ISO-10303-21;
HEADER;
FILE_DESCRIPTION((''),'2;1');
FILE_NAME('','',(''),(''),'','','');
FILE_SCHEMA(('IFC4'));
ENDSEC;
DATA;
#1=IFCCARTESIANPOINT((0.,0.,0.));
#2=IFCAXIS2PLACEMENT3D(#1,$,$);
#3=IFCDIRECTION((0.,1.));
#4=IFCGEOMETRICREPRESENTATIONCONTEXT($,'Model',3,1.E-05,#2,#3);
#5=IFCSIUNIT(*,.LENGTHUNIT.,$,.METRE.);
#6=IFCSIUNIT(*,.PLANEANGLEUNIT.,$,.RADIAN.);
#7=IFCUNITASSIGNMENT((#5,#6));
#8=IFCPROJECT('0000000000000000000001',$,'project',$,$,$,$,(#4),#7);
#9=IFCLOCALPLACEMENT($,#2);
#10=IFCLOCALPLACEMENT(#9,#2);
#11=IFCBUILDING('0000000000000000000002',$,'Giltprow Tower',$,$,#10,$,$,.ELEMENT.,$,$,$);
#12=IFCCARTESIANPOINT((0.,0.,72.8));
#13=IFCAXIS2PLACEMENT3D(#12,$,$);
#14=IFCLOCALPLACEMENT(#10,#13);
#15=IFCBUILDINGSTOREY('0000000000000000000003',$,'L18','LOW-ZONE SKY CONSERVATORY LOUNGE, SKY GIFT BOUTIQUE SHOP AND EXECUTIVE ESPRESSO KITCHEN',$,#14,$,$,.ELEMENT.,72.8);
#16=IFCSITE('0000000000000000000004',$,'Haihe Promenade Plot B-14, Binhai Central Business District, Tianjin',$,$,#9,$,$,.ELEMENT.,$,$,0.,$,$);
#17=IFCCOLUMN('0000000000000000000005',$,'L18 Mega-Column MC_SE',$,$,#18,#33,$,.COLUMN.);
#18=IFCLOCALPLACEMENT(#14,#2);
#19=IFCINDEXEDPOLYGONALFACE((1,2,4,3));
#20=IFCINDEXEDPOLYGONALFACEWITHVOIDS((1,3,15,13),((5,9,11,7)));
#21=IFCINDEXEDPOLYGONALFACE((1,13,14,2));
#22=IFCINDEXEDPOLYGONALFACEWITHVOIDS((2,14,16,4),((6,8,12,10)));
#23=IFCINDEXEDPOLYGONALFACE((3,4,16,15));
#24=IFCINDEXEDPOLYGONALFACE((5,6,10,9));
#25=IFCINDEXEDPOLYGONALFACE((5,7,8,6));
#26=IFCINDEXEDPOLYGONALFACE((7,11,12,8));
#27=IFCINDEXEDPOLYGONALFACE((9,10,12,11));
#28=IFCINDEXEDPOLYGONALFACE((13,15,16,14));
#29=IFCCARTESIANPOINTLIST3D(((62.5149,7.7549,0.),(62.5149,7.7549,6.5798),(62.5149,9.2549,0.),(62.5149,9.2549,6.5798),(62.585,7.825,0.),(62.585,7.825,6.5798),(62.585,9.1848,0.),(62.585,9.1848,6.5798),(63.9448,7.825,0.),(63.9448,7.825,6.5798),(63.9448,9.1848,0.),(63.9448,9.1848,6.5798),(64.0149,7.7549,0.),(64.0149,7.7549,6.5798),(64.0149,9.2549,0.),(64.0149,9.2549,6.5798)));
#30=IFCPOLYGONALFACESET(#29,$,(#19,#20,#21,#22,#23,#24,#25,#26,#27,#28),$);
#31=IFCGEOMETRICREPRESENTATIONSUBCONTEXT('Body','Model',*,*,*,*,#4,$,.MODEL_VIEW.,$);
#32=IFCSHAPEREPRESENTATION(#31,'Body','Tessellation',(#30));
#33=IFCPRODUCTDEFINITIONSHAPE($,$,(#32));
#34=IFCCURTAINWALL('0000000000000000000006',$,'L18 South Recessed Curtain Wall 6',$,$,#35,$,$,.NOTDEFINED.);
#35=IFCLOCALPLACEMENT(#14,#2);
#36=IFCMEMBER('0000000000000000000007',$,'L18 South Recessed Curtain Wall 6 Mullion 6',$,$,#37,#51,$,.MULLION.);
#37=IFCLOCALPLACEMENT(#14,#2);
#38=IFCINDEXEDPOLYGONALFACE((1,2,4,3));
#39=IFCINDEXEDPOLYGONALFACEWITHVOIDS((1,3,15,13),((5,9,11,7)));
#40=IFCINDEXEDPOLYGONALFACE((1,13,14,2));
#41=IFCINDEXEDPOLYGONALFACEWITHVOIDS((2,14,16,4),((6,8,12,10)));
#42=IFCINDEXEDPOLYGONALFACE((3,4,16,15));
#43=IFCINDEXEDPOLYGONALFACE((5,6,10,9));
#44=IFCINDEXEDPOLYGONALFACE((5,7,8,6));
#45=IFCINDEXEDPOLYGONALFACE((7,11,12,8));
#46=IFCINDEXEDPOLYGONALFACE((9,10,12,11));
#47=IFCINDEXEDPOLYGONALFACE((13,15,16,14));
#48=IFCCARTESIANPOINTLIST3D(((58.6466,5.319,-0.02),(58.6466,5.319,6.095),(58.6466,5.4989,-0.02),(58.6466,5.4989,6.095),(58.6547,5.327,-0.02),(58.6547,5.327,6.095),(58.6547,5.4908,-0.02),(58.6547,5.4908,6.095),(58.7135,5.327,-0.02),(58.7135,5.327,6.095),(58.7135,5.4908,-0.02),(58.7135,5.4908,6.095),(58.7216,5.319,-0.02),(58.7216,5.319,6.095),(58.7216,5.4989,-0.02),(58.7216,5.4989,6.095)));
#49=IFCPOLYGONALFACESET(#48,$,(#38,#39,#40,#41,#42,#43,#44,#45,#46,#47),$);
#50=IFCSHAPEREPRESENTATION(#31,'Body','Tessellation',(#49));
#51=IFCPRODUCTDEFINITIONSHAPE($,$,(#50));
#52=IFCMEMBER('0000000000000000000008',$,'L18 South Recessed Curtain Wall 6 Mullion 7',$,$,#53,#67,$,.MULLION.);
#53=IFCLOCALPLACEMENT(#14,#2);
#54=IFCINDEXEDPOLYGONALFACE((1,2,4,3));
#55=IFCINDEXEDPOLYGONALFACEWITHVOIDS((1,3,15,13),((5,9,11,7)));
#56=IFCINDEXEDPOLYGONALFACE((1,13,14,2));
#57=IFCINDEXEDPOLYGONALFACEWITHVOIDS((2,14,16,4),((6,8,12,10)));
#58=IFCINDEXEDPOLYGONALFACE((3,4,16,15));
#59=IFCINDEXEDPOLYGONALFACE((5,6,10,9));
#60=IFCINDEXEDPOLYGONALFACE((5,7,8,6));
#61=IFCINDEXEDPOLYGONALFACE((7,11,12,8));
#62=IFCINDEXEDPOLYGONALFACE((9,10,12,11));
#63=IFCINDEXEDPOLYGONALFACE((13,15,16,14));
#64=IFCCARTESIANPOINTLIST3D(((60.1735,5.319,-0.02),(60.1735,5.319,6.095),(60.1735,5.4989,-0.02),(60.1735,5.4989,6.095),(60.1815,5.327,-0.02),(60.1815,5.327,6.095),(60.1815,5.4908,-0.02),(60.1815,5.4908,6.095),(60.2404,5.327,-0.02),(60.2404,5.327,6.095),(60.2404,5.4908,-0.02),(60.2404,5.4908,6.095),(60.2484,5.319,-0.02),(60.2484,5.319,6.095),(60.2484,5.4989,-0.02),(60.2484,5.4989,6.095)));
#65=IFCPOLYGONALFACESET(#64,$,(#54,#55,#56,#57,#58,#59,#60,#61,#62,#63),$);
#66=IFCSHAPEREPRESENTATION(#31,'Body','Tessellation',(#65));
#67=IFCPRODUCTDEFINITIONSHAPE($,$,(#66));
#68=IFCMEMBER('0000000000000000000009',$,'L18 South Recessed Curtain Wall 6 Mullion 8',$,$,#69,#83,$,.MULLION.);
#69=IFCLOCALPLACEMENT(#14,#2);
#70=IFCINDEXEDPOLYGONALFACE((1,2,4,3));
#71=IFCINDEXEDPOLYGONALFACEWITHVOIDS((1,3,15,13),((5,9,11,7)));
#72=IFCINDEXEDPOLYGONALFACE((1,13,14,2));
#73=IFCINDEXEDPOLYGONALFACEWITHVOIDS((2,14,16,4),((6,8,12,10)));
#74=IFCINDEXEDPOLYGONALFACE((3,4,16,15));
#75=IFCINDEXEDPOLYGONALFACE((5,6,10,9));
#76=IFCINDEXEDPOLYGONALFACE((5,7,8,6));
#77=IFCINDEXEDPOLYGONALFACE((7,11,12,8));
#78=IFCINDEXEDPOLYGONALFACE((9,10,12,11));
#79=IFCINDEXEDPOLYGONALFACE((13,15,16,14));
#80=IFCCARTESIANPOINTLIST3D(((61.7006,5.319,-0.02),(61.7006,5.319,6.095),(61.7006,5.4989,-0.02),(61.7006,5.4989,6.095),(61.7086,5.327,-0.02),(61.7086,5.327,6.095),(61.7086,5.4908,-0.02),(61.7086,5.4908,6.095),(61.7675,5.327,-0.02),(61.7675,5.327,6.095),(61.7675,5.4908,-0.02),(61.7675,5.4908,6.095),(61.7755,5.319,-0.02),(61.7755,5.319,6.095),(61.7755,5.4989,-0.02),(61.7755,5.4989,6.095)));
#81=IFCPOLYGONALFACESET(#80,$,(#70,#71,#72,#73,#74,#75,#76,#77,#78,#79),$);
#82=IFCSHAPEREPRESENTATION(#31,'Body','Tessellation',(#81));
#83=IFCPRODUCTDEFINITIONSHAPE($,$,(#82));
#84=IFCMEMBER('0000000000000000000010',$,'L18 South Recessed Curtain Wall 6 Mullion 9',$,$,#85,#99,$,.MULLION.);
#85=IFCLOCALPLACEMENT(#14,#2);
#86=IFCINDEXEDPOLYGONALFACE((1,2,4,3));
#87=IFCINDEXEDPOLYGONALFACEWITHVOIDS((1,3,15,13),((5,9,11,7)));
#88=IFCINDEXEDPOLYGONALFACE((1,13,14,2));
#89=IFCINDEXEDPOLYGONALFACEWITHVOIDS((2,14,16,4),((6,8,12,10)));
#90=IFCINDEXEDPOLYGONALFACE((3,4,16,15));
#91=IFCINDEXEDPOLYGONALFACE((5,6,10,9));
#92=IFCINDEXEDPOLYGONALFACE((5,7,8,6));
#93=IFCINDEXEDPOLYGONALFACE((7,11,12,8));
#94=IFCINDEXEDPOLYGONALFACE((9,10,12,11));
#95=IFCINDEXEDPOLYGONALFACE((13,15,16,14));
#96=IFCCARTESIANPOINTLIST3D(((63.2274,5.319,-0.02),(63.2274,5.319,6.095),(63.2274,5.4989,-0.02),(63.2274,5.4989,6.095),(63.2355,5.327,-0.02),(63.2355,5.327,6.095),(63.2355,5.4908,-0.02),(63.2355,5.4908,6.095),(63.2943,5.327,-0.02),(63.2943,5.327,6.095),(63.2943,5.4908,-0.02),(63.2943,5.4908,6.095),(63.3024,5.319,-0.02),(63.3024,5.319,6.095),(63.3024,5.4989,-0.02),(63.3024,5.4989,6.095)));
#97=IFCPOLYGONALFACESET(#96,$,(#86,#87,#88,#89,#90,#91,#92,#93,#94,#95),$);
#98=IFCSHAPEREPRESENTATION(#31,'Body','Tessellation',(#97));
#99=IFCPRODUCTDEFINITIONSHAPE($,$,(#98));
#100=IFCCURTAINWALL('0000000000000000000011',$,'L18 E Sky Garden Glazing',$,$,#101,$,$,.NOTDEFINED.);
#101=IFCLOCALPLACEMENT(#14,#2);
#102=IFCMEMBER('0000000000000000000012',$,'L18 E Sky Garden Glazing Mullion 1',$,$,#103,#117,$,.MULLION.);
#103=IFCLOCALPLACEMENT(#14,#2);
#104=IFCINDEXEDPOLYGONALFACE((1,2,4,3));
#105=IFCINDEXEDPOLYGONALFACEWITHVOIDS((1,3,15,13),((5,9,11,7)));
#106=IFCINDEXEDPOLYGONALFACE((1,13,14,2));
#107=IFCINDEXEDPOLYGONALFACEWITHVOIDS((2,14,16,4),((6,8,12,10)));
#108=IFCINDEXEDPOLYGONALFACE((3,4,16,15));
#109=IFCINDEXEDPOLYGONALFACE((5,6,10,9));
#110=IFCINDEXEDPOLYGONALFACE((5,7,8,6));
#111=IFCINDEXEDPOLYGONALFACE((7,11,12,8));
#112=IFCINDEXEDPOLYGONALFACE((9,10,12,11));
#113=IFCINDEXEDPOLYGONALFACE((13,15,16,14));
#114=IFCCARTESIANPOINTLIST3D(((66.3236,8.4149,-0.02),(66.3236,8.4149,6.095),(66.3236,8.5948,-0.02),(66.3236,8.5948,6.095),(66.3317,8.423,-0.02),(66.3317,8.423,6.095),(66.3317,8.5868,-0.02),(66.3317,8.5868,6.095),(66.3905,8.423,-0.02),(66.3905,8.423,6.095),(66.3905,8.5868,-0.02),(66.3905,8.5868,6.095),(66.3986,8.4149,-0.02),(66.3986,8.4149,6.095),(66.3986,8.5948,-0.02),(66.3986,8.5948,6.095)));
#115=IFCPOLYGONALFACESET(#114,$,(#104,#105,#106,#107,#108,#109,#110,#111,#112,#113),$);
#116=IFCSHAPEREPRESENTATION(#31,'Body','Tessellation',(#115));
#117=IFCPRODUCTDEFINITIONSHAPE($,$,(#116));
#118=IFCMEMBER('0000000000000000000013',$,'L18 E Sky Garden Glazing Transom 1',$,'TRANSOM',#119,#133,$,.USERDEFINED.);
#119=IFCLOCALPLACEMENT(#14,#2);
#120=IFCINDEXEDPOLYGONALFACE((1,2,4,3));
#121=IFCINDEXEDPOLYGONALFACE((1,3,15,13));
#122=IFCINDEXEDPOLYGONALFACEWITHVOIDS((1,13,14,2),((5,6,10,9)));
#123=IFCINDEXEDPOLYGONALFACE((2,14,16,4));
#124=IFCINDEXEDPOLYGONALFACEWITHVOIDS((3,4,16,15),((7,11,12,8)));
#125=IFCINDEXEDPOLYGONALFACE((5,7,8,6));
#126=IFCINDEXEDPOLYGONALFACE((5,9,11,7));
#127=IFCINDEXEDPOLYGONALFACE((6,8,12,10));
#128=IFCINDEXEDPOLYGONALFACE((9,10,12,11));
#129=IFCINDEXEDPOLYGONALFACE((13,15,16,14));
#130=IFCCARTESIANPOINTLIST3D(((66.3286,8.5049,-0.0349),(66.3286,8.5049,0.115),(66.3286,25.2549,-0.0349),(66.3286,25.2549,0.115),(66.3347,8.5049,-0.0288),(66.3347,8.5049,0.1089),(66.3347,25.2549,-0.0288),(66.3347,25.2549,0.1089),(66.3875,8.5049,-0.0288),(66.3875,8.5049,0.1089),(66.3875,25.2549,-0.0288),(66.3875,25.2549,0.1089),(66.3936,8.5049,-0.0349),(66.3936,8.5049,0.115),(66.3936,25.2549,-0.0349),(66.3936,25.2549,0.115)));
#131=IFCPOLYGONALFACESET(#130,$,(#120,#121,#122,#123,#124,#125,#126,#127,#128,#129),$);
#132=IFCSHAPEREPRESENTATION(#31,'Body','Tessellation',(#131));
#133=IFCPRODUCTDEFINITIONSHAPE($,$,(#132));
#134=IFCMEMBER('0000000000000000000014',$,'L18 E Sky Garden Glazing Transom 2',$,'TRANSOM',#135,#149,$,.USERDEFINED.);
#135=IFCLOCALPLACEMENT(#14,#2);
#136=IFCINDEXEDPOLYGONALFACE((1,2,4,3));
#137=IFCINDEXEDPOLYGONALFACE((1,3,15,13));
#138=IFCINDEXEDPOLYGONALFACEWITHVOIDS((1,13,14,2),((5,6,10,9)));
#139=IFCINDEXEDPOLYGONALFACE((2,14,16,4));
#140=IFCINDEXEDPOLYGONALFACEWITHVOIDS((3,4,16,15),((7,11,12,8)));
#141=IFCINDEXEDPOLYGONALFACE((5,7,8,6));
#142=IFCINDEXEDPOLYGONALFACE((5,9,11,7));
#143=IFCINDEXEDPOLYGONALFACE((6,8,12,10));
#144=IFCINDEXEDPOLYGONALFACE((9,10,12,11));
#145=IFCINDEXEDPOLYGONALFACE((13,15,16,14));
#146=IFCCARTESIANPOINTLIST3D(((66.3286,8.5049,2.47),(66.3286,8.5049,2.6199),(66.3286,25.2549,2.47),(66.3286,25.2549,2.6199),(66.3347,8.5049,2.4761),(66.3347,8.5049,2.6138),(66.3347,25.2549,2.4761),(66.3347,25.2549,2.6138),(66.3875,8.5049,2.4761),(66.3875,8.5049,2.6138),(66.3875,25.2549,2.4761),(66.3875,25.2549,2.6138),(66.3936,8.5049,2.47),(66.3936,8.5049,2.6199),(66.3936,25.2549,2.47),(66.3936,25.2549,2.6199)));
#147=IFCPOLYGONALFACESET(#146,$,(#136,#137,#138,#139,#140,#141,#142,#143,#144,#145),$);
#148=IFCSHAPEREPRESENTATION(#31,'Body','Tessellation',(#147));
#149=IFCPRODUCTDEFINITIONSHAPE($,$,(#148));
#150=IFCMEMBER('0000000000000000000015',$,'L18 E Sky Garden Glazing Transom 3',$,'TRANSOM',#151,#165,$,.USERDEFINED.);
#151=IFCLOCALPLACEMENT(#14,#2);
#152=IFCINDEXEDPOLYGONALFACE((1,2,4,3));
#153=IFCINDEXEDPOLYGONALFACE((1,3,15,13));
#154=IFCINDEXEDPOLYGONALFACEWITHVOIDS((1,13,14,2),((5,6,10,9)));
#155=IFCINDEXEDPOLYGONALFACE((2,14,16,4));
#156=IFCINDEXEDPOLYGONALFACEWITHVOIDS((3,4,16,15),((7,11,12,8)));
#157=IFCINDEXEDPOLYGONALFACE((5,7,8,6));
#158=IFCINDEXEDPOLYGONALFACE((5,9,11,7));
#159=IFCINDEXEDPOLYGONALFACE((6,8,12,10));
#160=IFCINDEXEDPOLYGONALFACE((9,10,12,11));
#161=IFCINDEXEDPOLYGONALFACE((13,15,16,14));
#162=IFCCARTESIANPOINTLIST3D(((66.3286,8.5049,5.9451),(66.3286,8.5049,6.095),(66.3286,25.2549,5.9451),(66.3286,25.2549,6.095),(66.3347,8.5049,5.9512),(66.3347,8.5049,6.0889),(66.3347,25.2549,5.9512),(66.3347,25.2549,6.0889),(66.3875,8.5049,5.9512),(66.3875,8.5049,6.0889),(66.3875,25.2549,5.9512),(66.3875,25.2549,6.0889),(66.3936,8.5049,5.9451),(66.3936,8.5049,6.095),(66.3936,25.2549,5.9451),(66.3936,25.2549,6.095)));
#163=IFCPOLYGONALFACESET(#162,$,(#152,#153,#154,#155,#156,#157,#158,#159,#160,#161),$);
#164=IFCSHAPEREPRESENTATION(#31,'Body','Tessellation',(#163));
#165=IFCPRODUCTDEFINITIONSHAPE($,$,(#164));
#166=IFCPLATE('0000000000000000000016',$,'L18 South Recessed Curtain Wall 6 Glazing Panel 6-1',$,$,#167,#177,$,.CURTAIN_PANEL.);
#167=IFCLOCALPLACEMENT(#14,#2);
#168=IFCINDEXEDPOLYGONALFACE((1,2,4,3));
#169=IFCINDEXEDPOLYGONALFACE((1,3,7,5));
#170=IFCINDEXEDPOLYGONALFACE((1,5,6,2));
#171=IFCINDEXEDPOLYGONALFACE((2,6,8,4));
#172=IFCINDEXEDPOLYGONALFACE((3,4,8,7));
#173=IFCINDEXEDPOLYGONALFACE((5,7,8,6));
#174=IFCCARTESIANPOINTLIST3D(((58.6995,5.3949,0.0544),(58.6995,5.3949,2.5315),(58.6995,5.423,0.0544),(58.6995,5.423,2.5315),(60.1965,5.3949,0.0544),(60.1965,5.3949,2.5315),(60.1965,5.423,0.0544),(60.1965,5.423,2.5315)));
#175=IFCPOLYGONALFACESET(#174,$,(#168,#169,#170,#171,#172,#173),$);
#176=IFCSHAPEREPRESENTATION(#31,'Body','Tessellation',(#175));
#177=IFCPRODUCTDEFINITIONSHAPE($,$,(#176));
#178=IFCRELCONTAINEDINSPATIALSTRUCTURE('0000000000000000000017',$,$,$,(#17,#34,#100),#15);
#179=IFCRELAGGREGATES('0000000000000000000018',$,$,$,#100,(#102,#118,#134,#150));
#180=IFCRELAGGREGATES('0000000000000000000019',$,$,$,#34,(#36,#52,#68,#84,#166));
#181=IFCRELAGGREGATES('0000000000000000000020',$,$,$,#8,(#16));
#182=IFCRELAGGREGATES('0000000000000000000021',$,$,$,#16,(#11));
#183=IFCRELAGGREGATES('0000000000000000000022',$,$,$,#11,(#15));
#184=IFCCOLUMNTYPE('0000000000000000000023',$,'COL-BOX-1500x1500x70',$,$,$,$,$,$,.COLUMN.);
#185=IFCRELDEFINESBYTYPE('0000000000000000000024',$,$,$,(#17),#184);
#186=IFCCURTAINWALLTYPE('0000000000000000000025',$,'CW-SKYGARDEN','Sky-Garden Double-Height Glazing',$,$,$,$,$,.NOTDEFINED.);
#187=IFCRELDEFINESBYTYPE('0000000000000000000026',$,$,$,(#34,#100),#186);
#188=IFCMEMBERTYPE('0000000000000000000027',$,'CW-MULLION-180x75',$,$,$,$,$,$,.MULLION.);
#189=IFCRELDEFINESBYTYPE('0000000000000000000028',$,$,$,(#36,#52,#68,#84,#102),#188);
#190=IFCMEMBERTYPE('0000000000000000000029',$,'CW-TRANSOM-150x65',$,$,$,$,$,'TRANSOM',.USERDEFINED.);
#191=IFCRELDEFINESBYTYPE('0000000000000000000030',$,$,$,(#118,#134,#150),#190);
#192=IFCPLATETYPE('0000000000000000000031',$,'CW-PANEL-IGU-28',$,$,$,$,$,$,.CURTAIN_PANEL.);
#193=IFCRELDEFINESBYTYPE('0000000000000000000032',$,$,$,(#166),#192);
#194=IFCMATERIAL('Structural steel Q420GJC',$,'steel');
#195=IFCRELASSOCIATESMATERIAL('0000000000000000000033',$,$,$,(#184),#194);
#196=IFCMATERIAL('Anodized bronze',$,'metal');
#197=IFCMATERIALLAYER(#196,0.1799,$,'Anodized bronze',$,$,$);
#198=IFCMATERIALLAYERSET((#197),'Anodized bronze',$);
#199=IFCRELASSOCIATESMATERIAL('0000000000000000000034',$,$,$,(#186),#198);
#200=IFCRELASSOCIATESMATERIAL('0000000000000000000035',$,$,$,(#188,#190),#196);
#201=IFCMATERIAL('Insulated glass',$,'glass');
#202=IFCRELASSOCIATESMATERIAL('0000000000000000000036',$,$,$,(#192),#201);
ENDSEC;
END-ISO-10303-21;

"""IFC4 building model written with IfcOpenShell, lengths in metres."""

from ifc_helpers import new_model, si_unit, direction, frame, origin, origin_2d, place, context, subcontext, project, spatial, rectangle, hollow_rectangle, extrude, source, transform, mapped, material, layer, layer_set, material_profile, profile_set, type_object, element, aggregate, save


model = new_model("IFC4")

# Units and contexts
model_context = context("Model", 3, precision=1e-05, world=origin(), true_north=direction((0.0, 1.0)))
body_context = subcontext(model_context, "Body", "Model", "MODEL_VIEW")
ifc_project = project(units=[si_unit("LENGTHUNIT", "METRE"), si_unit("PLANEANGLEUNIT", "RADIAN")], contexts=[model_context])

# Site, building, storey
site_placement = place(None, origin())
site = spatial("IfcSite", under=ifc_project, at=site_placement, Name="Haihe Promenade Plot B-14, Binhai Central Business District, Tianjin", CompositionType="ELEMENT", RefElevation=0.0)
building_placement = place(site_placement, origin())
building = spatial("IfcBuilding", under=site, at=building_placement, Name="Giltprow Tower", CompositionType="ELEMENT")
storey_placement = place(building_placement, frame((0.0, 0.0, 72.8)))
storey = spatial("IfcBuildingStorey", under=building, at=storey_placement, Name="L18", Description="LOW-ZONE SKY CONSERVATORY LOUNGE, SKY GIFT BOUTIQUE SHOP AND EXECUTIVE ESPRESSO KITCHEN", CompositionType="ELEMENT", Elevation=72.8)

# Column
ifc_material_1 = material(Name="Structural steel Q420GJC", Category="steel")
ifc_material_profile_1 = material_profile(ifc_material_1, hollow_rectangle(XDim=1.5, YDim=1.5, WallThickness=0.0701, at=origin_2d()), Name="BOX 1500x1500x70")
ifc_profile_set_1 = profile_set([ifc_material_profile_1], Name="Structural steel Q420GJC")
column_type = type_object("IfcColumnType", Name="COL-BOX-1500x1500x70", PredefinedType="COLUMN", material=ifc_profile_set_1)
shared_shape_1 = source(origin(), body_context, "Body", "SweptSolid", [
    extrude(hollow_rectangle(XDim=1.5, YDim=1.5, WallThickness=0.0701, at=origin_2d()), origin(), (0.0, 0.0, 1.0), 6.5798),
])
column_placement = place(storey_placement, frame((63.2649, 8.5049, 0.0), z_axis=(0.0, 0.0, 1.0), x_axis=(1.0, 0.0, 0.0)))
element("IfcColumn", 1, at=column_placement, inside=storey, type_object=column_type, Name="L18 Mega-Column MC_SE", PredefinedType="COLUMN", context=body_context, shape_type="MappedRepresentation", body=[
    mapped(shared_shape_1, transform((0.0, 0.0, 0.0), x_axis=(1.0, 0.0, 0.0), y_axis=(0.0, 1.0, 0.0), z_axis=(0.0, 0.0, 1.0), scale=1.0)),
])

# Curtain walls, members
ifc_material_2 = material(Name="Anodized bronze", Category="metal")
ifc_layer_1 = layer(ifc_material_2, 0.1799, Name="Anodized bronze")
ifc_layer_set_1 = layer_set([ifc_layer_1], Name="Anodized bronze")
curtain_wall_type = type_object("IfcCurtainWallType", Name="CW-SKYGARDEN", Description="Sky-Garden Double-Height Glazing", PredefinedType="NOTDEFINED", material=ifc_layer_set_1)
curtain_wall_1_placement = place(storey_placement, origin())
curtain_wall_1 = element("IfcCurtainWall", 2, at=curtain_wall_1_placement, inside=storey, type_object=curtain_wall_type, Name="L18 South Recessed Curtain Wall 6", PredefinedType="NOTDEFINED")
ifc_material_profile_2 = material_profile(ifc_material_2, hollow_rectangle(XDim=0.075, YDim=0.1799, WallThickness=0.0081, at=origin_2d()), Name="RHS 180x75x8")
ifc_profile_set_2 = profile_set([ifc_material_profile_2], Name="Anodized bronze")
member_type_1 = type_object("IfcMemberType", Name="CW-MULLION-180x75", PredefinedType="MULLION", material=ifc_profile_set_2)
shared_shape_2 = source(origin(), body_context, "Body", "SweptSolid", [
    extrude(hollow_rectangle(XDim=0.075, YDim=0.1799, WallThickness=0.0081, at=origin_2d()), origin(), (0.0, 0.0, 1.0), 6.115),
])
member_1_placement = place(storey_placement, frame((58.6841, 5.4089, -0.02), z_axis=(0.0, 0.0, 1.0), x_axis=(1.0, 0.0, 0.0)))
member_1 = element("IfcMember", 3, at=member_1_placement, type_object=member_type_1, Name="L18 South Recessed Curtain Wall 6 Mullion 6", PredefinedType="MULLION", context=body_context, shape_type="MappedRepresentation", body=[
    mapped(shared_shape_2, transform((0.0, 0.0, 0.0), x_axis=(1.0, 0.0, 0.0), y_axis=(0.0, 1.0, 0.0), z_axis=(0.0, 0.0, 1.0), scale=1.0)),
])
member_2_placement = place(storey_placement, frame((60.2109, 5.4089, -0.02), z_axis=(0.0, 0.0, 1.0), x_axis=(1.0, 0.0, 0.0)))
member_2 = element("IfcMember", 4, at=member_2_placement, type_object=member_type_1, Name="L18 South Recessed Curtain Wall 6 Mullion 7", PredefinedType="MULLION", context=body_context, shape_type="MappedRepresentation", body=[
    mapped(shared_shape_2, transform((0.0, 0.0, 0.0), x_axis=(1.0, 0.0, 0.0), y_axis=(0.0, 1.0, 0.0), z_axis=(0.0, 0.0, 1.0), scale=1.0)),
])
member_3_placement = place(storey_placement, frame((61.738, 5.4089, -0.02), z_axis=(0.0, 0.0, 1.0), x_axis=(1.0, 0.0, 0.0)))
member_3 = element("IfcMember", 5, at=member_3_placement, type_object=member_type_1, Name="L18 South Recessed Curtain Wall 6 Mullion 8", PredefinedType="MULLION", context=body_context, shape_type="MappedRepresentation", body=[
    mapped(shared_shape_2, transform((0.0, 0.0, 0.0), x_axis=(1.0, 0.0, 0.0), y_axis=(0.0, 1.0, 0.0), z_axis=(0.0, 0.0, 1.0), scale=1.0)),
])
member_4_placement = place(storey_placement, frame((63.2649, 5.4089, -0.02), z_axis=(0.0, 0.0, 1.0), x_axis=(1.0, 0.0, 0.0)))
member_4 = element("IfcMember", 6, at=member_4_placement, type_object=member_type_1, Name="L18 South Recessed Curtain Wall 6 Mullion 9", PredefinedType="MULLION", context=body_context, shape_type="MappedRepresentation", body=[
    mapped(shared_shape_2, transform((0.0, 0.0, 0.0), x_axis=(1.0, 0.0, 0.0), y_axis=(0.0, 1.0, 0.0), z_axis=(0.0, 0.0, 1.0), scale=1.0)),
])
curtain_wall_2_placement = place(storey_placement, origin())
curtain_wall_2 = element("IfcCurtainWall", 7, at=curtain_wall_2_placement, inside=storey, type_object=curtain_wall_type, Name="L18 E Sky Garden Glazing", PredefinedType="NOTDEFINED")
member_5_placement = place(storey_placement, frame((66.3611, 8.5049, -0.02), z_axis=(0.0, 0.0, 1.0), x_axis=(1.0, 0.0, 0.0)))
member_5 = element("IfcMember", 8, at=member_5_placement, type_object=member_type_1, Name="L18 E Sky Garden Glazing Mullion 1", PredefinedType="MULLION", context=body_context, shape_type="MappedRepresentation", body=[
    mapped(shared_shape_2, transform((0.0, 0.0, 0.0), x_axis=(1.0, 0.0, 0.0), y_axis=(0.0, 1.0, 0.0), z_axis=(0.0, 0.0, 1.0), scale=1.0)),
])
ifc_material_profile_3 = material_profile(ifc_material_2, hollow_rectangle(XDim=0.0649, YDim=0.1499, WallThickness=0.0061, at=origin_2d()), Name="RHS 150x65x6")
ifc_profile_set_3 = profile_set([ifc_material_profile_3], Name="Anodized bronze")
member_type_2 = type_object("IfcMemberType", Name="CW-TRANSOM-150x65", ElementType="TRANSOM", PredefinedType="USERDEFINED", material=ifc_profile_set_3)
shared_shape_3 = source(origin(), body_context, "Body", "SweptSolid", [
    extrude(hollow_rectangle(XDim=0.0649, YDim=0.1499, WallThickness=0.0061, at=origin_2d()), origin(), (0.0, 0.0, 1.0), 16.75),
])
member_6_placement = place(storey_placement, frame((66.3611, 8.5049, 0.04), z_axis=(0.0, 1.0, 0.0), x_axis=(-1.0, 0.0, 0.0)))
member_6 = element("IfcMember", 9, at=member_6_placement, type_object=member_type_2, Name="L18 E Sky Garden Glazing Transom 1", ObjectType="TRANSOM", PredefinedType="USERDEFINED", context=body_context, shape_type="MappedRepresentation", body=[
    mapped(shared_shape_3, transform((0.0, 0.0, 0.0), x_axis=(1.0, 0.0, 0.0), y_axis=(0.0, 1.0, 0.0), z_axis=(0.0, 0.0, 1.0), scale=1.0)),
])
member_7_placement = place(storey_placement, frame((66.3611, 8.5049, 2.5449), z_axis=(0.0, 1.0, 0.0), x_axis=(-1.0, 0.0, 0.0)))
member_7 = element("IfcMember", 10, at=member_7_placement, type_object=member_type_2, Name="L18 E Sky Garden Glazing Transom 2", ObjectType="TRANSOM", PredefinedType="USERDEFINED", context=body_context, shape_type="MappedRepresentation", body=[
    mapped(shared_shape_3, transform((0.0, 0.0, 0.0), x_axis=(1.0, 0.0, 0.0), y_axis=(0.0, 1.0, 0.0), z_axis=(0.0, 0.0, 1.0), scale=1.0)),
])
member_8_placement = place(storey_placement, frame((66.3611, 8.5049, 6.02), z_axis=(0.0, 1.0, 0.0), x_axis=(-1.0, 0.0, 0.0)))
member_8 = element("IfcMember", 11, at=member_8_placement, type_object=member_type_2, Name="L18 E Sky Garden Glazing Transom 3", ObjectType="TRANSOM", PredefinedType="USERDEFINED", context=body_context, shape_type="MappedRepresentation", body=[
    mapped(shared_shape_3, transform((0.0, 0.0, 0.0), x_axis=(1.0, 0.0, 0.0), y_axis=(0.0, 1.0, 0.0), z_axis=(0.0, 0.0, 1.0), scale=1.0)),
])
aggregate(curtain_wall_2, [member_5, member_6, member_7, member_8])

# Plate
ifc_material_3 = material(Name="Insulated glass", Category="glass")
plate_type = type_object("IfcPlateType", Name="CW-PANEL-IGU-28", PredefinedType="CURTAIN_PANEL", material=ifc_material_3)
shared_shape_4 = source(origin(), body_context, "Body", "SweptSolid", [
    extrude(rectangle(XDim=1.4971, YDim=0.0281, at=origin_2d()), origin(), (0.0, 0.0, 1.0), 2.4771),
])
plate_1_placement = place(storey_placement, frame((59.448, 5.4089, 0.0544), z_axis=(0.0, 0.0, 1.0), x_axis=(1.0, 0.0, 0.0)))
plate_1 = element("IfcPlate", 12, at=plate_1_placement, type_object=plate_type, Name="L18 South Recessed Curtain Wall 6 Glazing Panel 6-1", PredefinedType="CURTAIN_PANEL", context=body_context, shape_type="MappedRepresentation", body=[
    mapped(shared_shape_4, transform((0.0, 0.0, 0.0), x_axis=(1.0, 0.0, 0.0), y_axis=(0.0, 1.0, 0.0), z_axis=(0.0, 0.0, 1.0), scale=1.0)),
])
aggregate(curtain_wall_1, [member_1, member_2, member_3, member_4, plate_1])

save(model, "model.ifc")
